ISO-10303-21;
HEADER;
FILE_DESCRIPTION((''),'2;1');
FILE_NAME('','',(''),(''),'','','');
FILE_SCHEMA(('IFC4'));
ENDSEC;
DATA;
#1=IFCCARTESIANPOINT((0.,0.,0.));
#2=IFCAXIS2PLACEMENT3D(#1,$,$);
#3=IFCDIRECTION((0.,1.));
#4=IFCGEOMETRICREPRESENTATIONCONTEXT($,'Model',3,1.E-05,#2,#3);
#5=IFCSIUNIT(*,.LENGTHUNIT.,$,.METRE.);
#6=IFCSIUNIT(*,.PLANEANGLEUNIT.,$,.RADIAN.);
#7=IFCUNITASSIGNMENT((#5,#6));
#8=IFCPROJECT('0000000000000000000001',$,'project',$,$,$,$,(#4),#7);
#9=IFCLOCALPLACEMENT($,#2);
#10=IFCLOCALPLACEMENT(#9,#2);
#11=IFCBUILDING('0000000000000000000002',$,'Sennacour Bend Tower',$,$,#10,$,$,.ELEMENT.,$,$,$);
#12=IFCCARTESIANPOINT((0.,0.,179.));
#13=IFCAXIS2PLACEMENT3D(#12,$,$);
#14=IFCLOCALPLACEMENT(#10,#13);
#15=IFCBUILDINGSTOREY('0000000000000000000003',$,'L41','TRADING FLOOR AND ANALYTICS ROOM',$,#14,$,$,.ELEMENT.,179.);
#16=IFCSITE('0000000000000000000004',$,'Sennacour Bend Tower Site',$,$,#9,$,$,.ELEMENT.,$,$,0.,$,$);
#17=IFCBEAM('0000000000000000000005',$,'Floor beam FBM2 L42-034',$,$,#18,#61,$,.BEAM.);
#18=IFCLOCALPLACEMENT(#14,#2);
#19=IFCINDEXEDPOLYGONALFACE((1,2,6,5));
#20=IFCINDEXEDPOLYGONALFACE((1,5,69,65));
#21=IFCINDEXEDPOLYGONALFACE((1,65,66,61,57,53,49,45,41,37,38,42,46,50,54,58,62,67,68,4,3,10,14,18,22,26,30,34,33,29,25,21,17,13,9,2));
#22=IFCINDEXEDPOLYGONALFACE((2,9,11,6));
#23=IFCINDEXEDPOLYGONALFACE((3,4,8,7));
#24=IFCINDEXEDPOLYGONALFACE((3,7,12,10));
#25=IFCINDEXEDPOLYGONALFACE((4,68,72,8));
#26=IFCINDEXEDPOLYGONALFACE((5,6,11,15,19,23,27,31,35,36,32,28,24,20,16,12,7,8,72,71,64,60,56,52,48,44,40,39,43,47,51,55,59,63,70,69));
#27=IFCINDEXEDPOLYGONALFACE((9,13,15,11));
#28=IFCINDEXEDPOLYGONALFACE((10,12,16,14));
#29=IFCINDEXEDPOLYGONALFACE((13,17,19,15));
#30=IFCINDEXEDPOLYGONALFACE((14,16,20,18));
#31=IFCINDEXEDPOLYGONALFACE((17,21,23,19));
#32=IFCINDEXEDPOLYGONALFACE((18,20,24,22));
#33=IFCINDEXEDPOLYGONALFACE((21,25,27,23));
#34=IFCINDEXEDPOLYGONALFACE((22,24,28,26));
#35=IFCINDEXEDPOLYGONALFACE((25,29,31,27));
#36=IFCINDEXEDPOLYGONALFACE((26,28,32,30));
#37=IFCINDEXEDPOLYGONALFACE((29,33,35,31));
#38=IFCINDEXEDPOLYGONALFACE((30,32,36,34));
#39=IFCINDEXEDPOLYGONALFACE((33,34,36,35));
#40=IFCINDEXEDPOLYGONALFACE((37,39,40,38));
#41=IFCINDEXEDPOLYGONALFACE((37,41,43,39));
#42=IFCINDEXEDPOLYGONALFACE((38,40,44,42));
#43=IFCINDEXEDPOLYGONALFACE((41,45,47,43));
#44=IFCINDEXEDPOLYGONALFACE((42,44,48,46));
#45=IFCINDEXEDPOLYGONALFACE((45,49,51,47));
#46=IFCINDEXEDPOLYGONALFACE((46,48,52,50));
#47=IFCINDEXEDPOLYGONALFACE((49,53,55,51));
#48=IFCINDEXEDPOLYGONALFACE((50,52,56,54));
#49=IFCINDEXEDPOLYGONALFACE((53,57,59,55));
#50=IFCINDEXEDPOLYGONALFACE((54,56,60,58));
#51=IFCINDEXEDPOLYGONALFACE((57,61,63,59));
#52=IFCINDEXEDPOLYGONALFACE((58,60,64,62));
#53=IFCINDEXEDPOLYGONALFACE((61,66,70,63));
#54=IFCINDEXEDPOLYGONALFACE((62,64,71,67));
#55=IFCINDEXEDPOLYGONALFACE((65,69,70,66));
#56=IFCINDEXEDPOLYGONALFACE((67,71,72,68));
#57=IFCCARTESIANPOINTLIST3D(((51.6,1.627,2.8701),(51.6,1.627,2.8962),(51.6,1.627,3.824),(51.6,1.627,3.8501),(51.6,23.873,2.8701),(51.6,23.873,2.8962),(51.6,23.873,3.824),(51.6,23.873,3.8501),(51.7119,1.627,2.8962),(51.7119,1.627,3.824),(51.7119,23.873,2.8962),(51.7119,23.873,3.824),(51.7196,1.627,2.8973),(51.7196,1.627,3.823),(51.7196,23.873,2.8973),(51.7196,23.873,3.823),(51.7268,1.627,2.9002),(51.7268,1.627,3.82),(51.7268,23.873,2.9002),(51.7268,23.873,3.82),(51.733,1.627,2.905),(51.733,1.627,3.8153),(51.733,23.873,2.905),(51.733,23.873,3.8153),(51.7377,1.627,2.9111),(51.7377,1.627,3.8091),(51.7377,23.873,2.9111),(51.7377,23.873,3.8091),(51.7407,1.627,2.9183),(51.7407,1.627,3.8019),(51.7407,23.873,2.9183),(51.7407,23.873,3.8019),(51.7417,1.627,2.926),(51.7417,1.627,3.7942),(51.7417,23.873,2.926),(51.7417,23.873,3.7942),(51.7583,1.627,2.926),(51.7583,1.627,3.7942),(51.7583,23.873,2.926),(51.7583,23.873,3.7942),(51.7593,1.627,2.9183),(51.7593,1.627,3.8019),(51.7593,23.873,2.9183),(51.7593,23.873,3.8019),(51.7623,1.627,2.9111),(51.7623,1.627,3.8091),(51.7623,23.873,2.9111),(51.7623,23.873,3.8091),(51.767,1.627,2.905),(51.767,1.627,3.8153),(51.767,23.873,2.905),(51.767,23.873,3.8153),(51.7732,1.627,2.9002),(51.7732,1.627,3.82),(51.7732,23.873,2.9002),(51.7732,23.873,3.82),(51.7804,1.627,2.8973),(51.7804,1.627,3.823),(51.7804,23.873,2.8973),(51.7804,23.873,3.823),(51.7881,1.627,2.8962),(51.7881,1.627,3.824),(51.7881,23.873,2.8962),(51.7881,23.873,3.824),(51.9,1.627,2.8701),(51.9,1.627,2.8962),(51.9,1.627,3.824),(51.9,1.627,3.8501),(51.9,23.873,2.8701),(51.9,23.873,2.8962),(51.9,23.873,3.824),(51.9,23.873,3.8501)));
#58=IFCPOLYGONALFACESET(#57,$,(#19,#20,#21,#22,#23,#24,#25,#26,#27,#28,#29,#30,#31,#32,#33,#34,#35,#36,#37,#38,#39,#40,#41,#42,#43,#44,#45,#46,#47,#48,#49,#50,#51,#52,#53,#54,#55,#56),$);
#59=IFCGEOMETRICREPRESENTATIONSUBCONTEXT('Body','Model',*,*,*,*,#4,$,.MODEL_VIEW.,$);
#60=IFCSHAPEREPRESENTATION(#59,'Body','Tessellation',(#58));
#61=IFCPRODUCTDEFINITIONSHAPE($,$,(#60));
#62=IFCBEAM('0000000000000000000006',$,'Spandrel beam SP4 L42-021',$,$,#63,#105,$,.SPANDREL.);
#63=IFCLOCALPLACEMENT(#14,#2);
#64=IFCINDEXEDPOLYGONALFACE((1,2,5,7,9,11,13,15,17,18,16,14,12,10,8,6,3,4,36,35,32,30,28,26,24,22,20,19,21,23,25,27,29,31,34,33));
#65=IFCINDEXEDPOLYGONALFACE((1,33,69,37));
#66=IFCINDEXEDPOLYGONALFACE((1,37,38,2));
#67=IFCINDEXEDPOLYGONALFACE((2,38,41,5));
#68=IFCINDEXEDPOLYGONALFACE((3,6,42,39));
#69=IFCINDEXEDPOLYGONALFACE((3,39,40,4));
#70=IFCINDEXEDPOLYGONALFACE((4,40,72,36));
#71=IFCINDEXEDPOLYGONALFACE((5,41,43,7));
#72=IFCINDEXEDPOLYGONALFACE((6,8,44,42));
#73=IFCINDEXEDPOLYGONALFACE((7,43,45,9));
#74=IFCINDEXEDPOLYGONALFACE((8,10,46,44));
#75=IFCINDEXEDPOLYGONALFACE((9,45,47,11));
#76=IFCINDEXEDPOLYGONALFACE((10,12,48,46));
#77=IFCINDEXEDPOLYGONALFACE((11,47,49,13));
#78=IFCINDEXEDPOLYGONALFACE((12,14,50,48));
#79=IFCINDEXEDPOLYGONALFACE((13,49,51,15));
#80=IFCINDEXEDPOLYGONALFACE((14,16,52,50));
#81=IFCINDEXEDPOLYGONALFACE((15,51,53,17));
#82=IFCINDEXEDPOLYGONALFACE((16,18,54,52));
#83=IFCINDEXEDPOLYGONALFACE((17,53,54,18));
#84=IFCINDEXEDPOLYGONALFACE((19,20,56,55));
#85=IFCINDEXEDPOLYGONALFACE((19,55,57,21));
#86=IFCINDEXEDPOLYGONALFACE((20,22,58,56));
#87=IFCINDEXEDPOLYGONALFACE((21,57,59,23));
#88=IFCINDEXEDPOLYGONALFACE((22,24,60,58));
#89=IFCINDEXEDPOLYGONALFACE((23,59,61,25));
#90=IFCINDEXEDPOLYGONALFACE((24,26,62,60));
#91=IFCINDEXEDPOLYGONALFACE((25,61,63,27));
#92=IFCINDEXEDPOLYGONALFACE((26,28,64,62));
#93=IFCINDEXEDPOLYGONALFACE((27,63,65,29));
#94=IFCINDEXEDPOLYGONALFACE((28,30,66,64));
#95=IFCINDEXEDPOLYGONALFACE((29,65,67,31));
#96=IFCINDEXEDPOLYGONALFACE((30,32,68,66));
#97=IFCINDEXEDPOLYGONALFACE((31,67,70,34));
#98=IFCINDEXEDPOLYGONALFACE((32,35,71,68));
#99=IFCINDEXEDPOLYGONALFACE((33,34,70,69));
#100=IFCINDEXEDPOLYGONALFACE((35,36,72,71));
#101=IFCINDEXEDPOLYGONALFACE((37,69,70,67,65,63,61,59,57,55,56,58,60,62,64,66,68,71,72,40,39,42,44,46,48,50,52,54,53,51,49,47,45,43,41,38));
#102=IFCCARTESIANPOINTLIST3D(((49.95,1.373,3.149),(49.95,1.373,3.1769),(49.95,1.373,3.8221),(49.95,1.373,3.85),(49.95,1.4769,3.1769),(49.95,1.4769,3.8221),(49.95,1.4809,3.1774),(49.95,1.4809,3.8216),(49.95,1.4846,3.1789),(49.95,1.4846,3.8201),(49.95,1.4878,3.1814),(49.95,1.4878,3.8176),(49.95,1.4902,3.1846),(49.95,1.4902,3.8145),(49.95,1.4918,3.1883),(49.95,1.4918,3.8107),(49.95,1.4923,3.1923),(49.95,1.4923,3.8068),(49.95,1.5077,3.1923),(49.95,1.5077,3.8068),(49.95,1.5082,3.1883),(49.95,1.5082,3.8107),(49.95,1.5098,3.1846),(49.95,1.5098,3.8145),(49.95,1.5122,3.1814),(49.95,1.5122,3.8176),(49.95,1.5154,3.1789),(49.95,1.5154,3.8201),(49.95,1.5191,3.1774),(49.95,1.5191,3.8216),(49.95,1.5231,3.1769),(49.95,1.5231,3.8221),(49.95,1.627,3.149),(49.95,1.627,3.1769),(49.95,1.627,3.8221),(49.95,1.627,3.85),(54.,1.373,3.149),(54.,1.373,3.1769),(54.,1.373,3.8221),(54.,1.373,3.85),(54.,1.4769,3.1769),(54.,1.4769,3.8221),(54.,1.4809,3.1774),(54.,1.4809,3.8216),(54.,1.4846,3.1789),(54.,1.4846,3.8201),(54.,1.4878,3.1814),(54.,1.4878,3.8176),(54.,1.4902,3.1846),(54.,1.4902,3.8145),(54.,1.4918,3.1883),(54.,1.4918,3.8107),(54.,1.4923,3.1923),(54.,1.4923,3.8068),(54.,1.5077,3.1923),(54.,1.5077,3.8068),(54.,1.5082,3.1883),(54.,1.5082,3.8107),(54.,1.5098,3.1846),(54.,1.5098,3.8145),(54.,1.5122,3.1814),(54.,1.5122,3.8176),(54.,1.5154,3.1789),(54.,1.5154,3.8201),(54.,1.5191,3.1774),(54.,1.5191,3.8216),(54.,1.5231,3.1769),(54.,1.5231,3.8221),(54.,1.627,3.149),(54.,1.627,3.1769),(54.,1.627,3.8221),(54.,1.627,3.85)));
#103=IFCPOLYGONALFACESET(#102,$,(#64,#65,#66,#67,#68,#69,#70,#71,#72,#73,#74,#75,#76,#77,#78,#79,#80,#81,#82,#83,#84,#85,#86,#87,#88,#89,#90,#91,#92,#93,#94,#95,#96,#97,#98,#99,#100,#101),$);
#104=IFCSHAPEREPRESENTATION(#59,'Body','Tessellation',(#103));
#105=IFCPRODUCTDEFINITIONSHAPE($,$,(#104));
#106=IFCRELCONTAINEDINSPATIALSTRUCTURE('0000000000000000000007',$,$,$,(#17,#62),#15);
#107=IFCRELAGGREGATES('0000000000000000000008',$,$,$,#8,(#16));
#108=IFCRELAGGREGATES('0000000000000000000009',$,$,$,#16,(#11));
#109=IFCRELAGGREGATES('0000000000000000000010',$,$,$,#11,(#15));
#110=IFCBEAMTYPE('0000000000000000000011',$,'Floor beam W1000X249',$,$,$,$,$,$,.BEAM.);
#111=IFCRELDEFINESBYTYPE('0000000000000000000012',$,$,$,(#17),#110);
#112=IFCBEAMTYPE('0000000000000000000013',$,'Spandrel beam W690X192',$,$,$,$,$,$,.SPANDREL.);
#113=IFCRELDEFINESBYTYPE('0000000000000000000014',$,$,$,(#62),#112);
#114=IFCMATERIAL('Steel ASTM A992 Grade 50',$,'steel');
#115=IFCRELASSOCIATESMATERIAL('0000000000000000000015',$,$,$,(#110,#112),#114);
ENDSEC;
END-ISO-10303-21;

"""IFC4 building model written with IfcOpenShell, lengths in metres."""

from ifc_helpers import new_model, si_unit, direction, frame, origin, origin_2d, place, context, subcontext, project, spatial, i_section, extrude, material, material_profile, profile_set, type_object, element, save


model = new_model("IFC4")

# Units and contexts
model_context = context("Model", 3, precision=1e-05, world=origin(), true_north=direction((0.0, 1.0)))
body_context = subcontext(model_context, "Body", "Model", "MODEL_VIEW")
ifc_project = project(units=[si_unit("LENGTHUNIT", "METRE"), si_unit("PLANEANGLEUNIT", "RADIAN")], contexts=[model_context])

# Site, building, storey
site_placement = place(None, origin())
site = spatial("IfcSite", under=ifc_project, at=site_placement, Name="Sennacour Bend Tower Site", CompositionType="ELEMENT", RefElevation=0.0)
building_placement = place(site_placement, origin())
building = spatial("IfcBuilding", under=site, at=building_placement, Name="Sennacour Bend Tower", CompositionType="ELEMENT")
storey_placement = place(building_placement, frame((0.0, 0.0, 179.0)))
storey = spatial("IfcBuildingStorey", under=building, at=storey_placement, Name="L41", Description="TRADING FLOOR AND ANALYTICS ROOM", CompositionType="ELEMENT", Elevation=179.0)

# Beams
ifc_material_1 = material(Name="Steel ASTM A992 Grade 50", Category="steel")
ifc_material_profile_1 = material_profile(ifc_material_1, i_section(OverallWidth=0.3, OverallDepth=0.98, WebThickness=0.0166, FlangeThickness=0.0261, FilletRadius=0.0298, at=origin_2d()), Name="Steel ASTM A992 Grade 50", Category="steel")
ifc_profile_set_1 = profile_set([ifc_material_profile_1], Name="Steel ASTM A992 Grade 50")
beam_type_1 = type_object("IfcBeamType", Name="Floor beam W1000X249", PredefinedType="BEAM", material=ifc_profile_set_1)
beam_1_placement = place(storey_placement, frame((51.75, 1.627, 3.3601), z_axis=(0.0, 1.0, 0.0), x_axis=(-1.0, 0.0, 0.0)))
element("IfcBeam", 1, at=beam_1_placement, inside=storey, type_object=beam_type_1, Name="Floor beam FBM2 L42-034", PredefinedType="BEAM", context=body_context, shape_type="SweptSolid", body=[
    extrude(i_section(OverallWidth=0.3, OverallDepth=0.98, WebThickness=0.0166, FlangeThickness=0.0261, FilletRadius=0.0298, at=origin_2d()), origin(), (0.0, 0.0, 1.0), 22.2461),
])
ifc_material_profile_2 = material_profile(ifc_material_1, i_section(OverallWidth=0.2539, OverallDepth=0.7009, WebThickness=0.0154, FlangeThickness=0.0278, FilletRadius=0.0154, at=origin_2d()), Name="Steel ASTM A992 Grade 50", Category="steel")
ifc_profile_set_2 = profile_set([ifc_material_profile_2], Name="Steel ASTM A992 Grade 50")
beam_type_2 = type_object("IfcBeamType", Name="Spandrel beam W690X192", PredefinedType="SPANDREL", material=ifc_profile_set_2)
beam_2_placement = place(storey_placement, frame((54.0, 1.5, 3.4995), z_axis=(-1.0, 0.0, 0.0), x_axis=(0.0, -1.0, 0.0)))
element("IfcBeam", 2, at=beam_2_placement, inside=storey, type_object=beam_type_2, Name="Spandrel beam SP4 L42-021", PredefinedType="SPANDREL", context=body_context, shape_type="SweptSolid", body=[
    extrude(i_section(OverallWidth=0.2539, OverallDepth=0.7009, WebThickness=0.0154, FlangeThickness=0.0278, FilletRadius=0.0154, at=origin_2d()), origin(), (0.0, 0.0, 1.0), 4.05),
])

save(model, "model.ifc")
